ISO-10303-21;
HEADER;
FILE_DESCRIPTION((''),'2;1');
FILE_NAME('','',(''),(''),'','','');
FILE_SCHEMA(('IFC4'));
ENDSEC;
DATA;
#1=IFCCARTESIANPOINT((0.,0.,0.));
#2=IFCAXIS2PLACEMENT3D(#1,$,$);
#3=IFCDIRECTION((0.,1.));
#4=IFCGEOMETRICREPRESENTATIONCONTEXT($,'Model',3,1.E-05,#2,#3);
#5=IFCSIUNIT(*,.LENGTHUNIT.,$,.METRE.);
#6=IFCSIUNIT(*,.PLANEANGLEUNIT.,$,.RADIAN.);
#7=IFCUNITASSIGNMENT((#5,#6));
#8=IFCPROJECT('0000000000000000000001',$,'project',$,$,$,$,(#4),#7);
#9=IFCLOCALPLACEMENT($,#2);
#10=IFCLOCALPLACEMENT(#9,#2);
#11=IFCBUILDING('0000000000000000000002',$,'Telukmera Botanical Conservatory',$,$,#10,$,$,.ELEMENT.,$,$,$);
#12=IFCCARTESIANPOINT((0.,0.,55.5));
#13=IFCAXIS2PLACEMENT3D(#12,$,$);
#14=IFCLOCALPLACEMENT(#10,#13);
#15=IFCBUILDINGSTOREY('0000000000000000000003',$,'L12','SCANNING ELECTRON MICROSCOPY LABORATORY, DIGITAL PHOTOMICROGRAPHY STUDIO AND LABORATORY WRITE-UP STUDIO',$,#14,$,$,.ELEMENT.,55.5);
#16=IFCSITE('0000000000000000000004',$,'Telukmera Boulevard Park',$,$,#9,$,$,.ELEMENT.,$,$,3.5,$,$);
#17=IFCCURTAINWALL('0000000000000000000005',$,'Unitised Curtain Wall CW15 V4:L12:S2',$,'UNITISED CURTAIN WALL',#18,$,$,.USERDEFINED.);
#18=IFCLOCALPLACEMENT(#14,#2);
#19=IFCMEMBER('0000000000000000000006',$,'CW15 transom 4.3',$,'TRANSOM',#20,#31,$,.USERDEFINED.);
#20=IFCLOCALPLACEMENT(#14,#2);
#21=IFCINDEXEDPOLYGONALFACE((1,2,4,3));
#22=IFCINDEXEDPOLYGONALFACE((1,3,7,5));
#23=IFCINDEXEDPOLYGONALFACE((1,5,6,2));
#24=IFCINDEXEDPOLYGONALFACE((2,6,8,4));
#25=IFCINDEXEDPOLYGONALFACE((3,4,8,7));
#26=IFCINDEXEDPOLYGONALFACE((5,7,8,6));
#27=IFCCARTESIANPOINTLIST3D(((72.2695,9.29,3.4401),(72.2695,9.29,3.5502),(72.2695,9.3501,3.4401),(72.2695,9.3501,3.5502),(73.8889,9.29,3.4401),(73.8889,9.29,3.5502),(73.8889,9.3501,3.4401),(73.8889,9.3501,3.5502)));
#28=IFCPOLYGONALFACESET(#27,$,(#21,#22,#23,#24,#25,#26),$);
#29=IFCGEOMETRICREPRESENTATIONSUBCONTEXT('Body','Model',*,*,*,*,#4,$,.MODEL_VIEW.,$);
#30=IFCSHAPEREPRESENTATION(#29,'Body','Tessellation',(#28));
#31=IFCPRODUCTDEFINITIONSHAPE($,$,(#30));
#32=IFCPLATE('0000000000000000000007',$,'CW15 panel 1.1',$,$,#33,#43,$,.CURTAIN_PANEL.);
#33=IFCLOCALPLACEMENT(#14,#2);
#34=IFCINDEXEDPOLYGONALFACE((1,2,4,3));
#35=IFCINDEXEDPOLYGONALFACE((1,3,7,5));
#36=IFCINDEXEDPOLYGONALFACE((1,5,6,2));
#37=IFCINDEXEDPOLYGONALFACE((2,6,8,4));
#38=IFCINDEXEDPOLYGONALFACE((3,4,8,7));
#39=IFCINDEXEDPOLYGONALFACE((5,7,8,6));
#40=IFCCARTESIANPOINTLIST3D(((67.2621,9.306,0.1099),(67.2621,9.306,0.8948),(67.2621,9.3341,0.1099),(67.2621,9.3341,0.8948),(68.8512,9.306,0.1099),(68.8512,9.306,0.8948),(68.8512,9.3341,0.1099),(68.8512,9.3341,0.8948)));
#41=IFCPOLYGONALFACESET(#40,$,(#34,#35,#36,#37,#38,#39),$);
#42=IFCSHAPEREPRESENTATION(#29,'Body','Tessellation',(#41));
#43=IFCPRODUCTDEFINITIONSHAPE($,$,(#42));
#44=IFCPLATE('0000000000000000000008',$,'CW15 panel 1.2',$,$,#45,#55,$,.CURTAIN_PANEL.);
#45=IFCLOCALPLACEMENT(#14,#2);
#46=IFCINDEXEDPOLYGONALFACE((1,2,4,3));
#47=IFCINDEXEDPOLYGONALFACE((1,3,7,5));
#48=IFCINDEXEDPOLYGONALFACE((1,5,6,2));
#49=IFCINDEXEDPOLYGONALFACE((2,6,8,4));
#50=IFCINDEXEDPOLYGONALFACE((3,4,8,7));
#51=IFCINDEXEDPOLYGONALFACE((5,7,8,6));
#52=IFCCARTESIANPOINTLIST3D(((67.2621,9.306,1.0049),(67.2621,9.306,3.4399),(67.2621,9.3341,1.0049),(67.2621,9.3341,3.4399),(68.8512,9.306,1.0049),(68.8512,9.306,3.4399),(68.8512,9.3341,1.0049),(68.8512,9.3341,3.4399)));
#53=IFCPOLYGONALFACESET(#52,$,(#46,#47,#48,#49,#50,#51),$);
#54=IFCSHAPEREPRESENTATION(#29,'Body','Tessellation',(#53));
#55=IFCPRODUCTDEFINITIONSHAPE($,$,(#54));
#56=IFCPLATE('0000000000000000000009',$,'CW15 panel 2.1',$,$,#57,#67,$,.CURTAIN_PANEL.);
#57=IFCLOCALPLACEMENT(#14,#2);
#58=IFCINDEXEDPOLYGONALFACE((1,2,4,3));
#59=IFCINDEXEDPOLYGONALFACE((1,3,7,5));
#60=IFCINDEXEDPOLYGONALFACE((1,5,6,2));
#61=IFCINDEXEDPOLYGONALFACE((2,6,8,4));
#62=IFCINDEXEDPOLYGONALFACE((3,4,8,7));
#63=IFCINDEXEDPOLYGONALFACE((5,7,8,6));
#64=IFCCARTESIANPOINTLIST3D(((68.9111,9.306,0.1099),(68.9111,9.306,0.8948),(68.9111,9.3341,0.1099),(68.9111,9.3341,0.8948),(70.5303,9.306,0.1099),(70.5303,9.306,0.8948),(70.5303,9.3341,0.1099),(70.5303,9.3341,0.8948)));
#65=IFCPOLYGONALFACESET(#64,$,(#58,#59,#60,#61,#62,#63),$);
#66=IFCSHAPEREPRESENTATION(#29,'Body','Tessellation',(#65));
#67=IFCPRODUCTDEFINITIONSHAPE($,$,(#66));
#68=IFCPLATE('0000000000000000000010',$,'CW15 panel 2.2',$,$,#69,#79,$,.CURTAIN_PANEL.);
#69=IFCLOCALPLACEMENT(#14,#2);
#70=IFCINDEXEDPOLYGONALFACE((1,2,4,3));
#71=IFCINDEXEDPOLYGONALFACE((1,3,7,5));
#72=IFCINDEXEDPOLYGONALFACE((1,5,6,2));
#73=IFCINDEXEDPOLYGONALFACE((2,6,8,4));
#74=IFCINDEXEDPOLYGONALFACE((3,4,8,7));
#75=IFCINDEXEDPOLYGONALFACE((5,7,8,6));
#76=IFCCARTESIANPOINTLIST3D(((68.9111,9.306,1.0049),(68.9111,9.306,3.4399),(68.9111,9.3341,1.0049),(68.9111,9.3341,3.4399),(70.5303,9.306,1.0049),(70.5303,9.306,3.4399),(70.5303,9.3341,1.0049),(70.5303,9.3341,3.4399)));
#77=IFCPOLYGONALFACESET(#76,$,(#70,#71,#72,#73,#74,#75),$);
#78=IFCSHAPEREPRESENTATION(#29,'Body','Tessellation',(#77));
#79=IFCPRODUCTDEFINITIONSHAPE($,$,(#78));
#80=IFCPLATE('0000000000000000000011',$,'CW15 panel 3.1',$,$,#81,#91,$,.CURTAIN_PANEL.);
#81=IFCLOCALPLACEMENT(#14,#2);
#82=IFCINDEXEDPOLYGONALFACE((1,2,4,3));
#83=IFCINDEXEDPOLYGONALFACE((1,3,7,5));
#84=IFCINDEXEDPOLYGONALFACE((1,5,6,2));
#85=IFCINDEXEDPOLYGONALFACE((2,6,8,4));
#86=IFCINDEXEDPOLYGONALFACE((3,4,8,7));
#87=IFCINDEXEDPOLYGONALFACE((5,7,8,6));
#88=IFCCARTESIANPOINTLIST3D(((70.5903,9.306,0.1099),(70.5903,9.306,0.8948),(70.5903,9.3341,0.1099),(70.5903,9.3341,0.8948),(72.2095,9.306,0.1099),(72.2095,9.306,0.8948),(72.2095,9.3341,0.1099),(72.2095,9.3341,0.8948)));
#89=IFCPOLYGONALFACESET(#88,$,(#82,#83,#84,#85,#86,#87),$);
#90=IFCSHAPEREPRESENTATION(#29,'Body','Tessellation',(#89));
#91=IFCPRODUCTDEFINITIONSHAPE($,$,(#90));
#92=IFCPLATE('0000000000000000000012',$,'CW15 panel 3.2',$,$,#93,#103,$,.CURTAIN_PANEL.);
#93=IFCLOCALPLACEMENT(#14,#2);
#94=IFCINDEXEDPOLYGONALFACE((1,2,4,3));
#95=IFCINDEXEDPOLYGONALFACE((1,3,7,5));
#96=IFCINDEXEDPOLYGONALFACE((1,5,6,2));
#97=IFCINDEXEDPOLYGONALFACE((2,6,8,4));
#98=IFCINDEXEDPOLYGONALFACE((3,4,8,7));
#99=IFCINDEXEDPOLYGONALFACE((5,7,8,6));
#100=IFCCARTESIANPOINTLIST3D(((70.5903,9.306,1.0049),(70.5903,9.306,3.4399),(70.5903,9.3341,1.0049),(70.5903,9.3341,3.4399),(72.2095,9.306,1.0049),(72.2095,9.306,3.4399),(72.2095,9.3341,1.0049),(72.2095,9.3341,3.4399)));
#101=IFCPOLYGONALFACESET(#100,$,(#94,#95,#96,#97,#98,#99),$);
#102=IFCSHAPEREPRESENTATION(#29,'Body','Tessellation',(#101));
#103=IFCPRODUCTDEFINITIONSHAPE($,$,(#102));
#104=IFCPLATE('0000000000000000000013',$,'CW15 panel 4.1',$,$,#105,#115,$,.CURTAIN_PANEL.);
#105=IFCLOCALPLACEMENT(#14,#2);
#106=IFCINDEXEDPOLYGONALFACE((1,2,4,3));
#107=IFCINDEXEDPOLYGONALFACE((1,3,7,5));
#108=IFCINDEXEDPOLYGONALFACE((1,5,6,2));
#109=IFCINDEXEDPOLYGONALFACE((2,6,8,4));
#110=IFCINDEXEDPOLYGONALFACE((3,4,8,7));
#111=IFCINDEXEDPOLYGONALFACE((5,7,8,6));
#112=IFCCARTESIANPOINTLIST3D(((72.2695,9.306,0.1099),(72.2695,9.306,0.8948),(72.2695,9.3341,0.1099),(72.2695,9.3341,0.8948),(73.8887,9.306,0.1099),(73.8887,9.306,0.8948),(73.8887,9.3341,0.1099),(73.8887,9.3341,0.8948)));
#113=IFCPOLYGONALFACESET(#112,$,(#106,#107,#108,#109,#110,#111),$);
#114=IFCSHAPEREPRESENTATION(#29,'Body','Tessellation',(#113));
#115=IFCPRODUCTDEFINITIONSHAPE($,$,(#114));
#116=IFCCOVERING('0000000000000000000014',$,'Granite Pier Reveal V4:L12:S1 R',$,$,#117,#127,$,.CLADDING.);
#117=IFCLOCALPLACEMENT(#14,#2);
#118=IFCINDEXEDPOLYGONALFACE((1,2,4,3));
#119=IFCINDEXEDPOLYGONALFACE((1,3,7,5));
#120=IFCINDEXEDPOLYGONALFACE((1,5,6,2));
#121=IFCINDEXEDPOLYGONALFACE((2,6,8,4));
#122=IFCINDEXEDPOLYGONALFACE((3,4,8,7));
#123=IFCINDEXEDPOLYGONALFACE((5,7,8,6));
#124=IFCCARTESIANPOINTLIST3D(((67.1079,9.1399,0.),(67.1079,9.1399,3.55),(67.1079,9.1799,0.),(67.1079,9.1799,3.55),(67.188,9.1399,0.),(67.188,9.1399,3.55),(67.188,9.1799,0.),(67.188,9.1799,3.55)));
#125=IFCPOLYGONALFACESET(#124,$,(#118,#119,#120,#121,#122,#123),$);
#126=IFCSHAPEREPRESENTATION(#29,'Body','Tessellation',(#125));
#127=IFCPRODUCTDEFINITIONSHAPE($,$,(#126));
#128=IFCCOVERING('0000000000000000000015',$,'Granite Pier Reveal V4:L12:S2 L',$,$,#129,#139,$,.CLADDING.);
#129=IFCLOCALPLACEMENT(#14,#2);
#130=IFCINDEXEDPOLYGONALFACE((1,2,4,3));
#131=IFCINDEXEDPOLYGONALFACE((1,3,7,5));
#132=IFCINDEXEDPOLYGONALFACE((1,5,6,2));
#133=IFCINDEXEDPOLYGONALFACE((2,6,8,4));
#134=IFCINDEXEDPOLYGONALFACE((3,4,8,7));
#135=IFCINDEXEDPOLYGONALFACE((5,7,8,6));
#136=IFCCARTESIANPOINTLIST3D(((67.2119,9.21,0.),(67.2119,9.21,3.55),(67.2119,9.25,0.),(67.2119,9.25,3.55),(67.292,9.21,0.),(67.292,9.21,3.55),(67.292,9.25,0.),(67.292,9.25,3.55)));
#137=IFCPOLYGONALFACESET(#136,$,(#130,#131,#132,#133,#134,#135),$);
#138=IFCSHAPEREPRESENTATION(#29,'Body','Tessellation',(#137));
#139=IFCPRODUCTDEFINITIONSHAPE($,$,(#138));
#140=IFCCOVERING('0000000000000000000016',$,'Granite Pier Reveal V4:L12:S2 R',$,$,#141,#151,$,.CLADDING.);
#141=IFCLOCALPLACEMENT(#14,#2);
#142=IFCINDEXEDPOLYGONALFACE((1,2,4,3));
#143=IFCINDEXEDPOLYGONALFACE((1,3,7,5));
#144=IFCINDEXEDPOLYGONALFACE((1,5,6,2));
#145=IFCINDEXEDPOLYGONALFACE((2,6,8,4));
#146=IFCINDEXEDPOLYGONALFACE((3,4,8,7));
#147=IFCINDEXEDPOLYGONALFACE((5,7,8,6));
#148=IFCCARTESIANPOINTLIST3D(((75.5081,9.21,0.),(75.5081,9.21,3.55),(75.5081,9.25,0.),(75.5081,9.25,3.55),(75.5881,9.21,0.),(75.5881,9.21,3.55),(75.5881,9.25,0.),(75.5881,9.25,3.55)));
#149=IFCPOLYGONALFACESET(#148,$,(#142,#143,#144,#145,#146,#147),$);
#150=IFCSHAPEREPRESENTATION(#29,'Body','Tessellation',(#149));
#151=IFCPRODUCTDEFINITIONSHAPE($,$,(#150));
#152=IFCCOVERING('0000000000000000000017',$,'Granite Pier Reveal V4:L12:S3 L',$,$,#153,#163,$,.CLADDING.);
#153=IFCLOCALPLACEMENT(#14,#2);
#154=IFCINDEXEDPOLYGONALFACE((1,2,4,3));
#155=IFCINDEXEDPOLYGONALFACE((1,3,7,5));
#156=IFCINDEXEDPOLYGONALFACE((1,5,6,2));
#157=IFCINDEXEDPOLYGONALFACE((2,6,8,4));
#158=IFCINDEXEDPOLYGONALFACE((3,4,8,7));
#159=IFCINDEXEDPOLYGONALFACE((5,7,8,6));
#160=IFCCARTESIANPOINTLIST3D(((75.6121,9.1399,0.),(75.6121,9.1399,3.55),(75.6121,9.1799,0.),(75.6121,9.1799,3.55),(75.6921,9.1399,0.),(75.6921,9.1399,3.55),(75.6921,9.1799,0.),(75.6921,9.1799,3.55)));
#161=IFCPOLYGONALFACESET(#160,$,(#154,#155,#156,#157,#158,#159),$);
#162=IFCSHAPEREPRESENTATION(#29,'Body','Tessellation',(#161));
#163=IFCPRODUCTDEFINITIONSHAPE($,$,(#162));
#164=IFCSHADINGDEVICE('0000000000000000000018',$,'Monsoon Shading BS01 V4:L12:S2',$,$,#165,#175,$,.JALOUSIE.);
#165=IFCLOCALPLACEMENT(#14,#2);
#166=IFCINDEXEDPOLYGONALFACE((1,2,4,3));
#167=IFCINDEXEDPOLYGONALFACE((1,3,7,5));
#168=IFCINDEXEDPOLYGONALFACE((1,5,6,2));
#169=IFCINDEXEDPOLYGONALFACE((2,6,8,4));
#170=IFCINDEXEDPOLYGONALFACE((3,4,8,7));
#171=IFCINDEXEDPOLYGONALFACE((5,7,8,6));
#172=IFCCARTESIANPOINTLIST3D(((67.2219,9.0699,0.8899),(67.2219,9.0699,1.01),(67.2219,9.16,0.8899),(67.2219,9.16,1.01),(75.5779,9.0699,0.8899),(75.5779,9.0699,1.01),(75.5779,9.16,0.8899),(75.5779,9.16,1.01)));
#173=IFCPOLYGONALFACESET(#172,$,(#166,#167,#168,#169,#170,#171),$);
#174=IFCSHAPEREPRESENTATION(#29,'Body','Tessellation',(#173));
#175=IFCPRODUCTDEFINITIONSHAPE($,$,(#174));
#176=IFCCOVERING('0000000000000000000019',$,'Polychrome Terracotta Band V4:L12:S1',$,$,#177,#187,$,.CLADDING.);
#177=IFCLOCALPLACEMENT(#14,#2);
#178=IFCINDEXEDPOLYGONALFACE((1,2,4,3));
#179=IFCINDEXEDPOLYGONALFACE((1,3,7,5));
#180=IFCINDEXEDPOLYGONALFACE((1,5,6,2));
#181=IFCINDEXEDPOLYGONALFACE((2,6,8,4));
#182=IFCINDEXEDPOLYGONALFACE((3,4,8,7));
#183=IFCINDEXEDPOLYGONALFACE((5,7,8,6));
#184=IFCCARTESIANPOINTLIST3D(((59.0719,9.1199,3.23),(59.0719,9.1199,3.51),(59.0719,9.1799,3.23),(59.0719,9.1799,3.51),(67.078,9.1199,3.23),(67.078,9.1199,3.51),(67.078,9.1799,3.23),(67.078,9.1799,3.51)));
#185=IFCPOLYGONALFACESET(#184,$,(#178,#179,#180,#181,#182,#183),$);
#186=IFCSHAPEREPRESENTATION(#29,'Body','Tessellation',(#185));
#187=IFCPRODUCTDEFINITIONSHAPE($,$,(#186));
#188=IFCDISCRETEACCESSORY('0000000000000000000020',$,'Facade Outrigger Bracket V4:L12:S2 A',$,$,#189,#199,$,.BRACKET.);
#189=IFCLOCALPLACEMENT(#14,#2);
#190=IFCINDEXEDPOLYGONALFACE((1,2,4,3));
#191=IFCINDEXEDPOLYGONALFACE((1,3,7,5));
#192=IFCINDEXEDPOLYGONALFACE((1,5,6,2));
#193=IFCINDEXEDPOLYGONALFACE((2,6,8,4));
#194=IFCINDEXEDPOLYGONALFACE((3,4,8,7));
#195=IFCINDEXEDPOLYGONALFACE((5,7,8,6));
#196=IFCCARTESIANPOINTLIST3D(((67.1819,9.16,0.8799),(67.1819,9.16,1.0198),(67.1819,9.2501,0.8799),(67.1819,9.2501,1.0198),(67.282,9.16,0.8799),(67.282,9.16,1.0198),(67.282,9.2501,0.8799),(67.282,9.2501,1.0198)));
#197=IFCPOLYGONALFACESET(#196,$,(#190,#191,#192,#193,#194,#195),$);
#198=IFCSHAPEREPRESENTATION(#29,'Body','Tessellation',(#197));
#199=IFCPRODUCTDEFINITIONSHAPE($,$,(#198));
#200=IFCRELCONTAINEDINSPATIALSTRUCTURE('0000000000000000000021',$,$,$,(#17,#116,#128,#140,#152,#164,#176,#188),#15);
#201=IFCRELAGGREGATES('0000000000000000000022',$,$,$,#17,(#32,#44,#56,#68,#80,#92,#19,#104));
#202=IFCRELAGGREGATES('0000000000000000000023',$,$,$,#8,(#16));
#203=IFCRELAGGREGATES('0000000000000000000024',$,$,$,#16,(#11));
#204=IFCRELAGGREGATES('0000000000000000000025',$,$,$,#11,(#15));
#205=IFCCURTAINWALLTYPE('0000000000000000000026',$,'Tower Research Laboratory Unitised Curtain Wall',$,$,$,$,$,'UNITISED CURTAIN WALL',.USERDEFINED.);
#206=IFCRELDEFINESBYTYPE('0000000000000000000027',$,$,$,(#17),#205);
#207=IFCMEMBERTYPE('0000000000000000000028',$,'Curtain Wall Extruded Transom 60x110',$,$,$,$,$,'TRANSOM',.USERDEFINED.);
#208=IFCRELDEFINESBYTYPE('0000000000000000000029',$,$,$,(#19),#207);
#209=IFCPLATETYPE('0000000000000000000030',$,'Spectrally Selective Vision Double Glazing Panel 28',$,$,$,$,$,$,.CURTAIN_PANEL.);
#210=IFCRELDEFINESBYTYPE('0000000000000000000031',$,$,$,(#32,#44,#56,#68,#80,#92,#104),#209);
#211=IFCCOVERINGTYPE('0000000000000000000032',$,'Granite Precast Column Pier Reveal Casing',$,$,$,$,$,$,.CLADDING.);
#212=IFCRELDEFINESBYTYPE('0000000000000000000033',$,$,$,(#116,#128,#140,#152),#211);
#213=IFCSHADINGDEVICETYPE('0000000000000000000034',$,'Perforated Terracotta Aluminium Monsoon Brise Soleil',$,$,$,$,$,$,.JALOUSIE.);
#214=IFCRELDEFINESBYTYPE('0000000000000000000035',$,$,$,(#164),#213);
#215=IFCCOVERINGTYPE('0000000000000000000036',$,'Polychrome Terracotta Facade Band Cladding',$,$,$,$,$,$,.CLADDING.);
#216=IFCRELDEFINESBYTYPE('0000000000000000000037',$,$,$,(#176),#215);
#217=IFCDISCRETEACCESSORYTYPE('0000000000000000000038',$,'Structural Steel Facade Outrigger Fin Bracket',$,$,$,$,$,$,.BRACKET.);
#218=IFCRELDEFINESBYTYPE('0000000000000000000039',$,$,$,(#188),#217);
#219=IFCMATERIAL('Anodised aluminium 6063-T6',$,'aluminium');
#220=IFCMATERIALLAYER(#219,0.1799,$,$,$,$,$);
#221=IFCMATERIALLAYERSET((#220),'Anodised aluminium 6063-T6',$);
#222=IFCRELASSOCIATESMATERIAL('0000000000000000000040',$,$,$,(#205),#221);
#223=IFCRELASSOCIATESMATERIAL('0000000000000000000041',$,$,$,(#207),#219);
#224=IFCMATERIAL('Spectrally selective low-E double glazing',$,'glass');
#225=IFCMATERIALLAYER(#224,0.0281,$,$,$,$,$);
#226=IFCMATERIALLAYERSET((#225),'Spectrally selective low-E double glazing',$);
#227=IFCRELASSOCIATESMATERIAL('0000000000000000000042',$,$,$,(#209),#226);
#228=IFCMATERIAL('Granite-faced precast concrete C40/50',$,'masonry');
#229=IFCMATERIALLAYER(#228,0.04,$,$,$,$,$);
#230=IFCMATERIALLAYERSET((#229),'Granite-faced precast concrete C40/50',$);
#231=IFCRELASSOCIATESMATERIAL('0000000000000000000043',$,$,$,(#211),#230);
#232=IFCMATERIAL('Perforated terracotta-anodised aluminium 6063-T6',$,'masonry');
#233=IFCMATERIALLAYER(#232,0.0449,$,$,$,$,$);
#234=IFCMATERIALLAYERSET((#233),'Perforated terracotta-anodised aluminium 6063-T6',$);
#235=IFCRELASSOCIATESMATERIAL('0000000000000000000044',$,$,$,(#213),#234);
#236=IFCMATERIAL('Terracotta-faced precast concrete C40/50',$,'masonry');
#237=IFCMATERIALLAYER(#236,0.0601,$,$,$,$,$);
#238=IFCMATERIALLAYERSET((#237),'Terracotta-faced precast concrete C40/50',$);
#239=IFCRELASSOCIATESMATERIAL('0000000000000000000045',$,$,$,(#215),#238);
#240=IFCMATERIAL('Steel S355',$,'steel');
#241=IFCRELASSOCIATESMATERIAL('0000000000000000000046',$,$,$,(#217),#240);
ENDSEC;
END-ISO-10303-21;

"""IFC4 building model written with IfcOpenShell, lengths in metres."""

from ifc_helpers import new_model, si_unit, direction, frame, origin, origin_2d, place, context, subcontext, project, spatial, rectangle, extrude, material, layer, layer_set, material_profile, profile_set, type_object, element, aggregate, save


model = new_model("IFC4")

# Units and contexts
model_context = context("Model", 3, precision=1e-05, world=origin(), true_north=direction((0.0, 1.0)))
body_context = subcontext(model_context, "Body", "Model", "MODEL_VIEW")
ifc_project = project(units=[si_unit("LENGTHUNIT", "METRE"), si_unit("PLANEANGLEUNIT", "RADIAN")], contexts=[model_context])

# Site, building, storey
site_placement = place(None, origin())
site = spatial("IfcSite", under=ifc_project, at=site_placement, Name="Telukmera Boulevard Park", CompositionType="ELEMENT", RefElevation=3.5)
building_placement = place(site_placement, origin())
building = spatial("IfcBuilding", under=site, at=building_placement, Name="Telukmera Botanical Conservatory", CompositionType="ELEMENT")
storey_placement = place(building_placement, frame((0.0, 0.0, 55.5)))
storey = spatial("IfcBuildingStorey", under=building, at=storey_placement, Name="L12", Description="SCANNING ELECTRON MICROSCOPY LABORATORY, DIGITAL PHOTOMICROGRAPHY STUDIO AND LABORATORY WRITE-UP STUDIO", CompositionType="ELEMENT", Elevation=55.5)

# Curtain wall, member, plates
ifc_material_1 = material(Name="Anodised aluminium 6063-T6", Category="aluminium")
ifc_layer_1 = layer(ifc_material_1, 0.1799)
ifc_layer_set_1 = layer_set([ifc_layer_1], Name="Anodised aluminium 6063-T6")
curtain_wall_type = type_object("IfcCurtainWallType", Name="Tower Research Laboratory Unitised Curtain Wall", ElementType="UNITISED CURTAIN WALL", PredefinedType="USERDEFINED", material=ifc_layer_set_1)
curtain_wall_placement = place(storey_placement, origin())
curtain_wall = element("IfcCurtainWall", 1, at=curtain_wall_placement, inside=storey, type_object=curtain_wall_type, Name="Unitised Curtain Wall CW15 V4:L12:S2", ObjectType="UNITISED CURTAIN WALL", PredefinedType="USERDEFINED")
ifc_material_profile_1 = material_profile(ifc_material_1, rectangle(XDim=0.0601, YDim=0.1101, at=origin_2d()), Name="ALU TRAN 60x110")
ifc_profile_set_1 = profile_set([ifc_material_profile_1], Name="Anodised aluminium 6063-T6")
member_type_1 = type_object("IfcMemberType", Name="Curtain Wall Extruded Transom 60x110", ElementType="TRANSOM", PredefinedType="USERDEFINED", material=ifc_profile_set_1)
member_1_placement = place(storey_placement, frame((72.2695, 9.3201, 3.4951), z_axis=(1.0, 0.0, 0.0), x_axis=(0.0, 1.0, 0.0)))
member_1 = element("IfcMember", 2, at=member_1_placement, type_object=member_type_1, Name="CW15 transom 4.3", ObjectType="TRANSOM", PredefinedType="USERDEFINED", context=body_context, shape_type="SweptSolid", body=[
    extrude(rectangle(XDim=0.0601, YDim=0.1101, at=origin_2d()), origin(), (0.0, 0.0, 1.0), 1.6194),
])
ifc_material_2 = material(Name="Spectrally selective low-E double glazing", Category="glass")
ifc_layer_2 = layer(ifc_material_2, 0.0281)
ifc_layer_set_2 = layer_set([ifc_layer_2], Name="Spectrally selective low-E double glazing")
plate_type = type_object("IfcPlateType", Name="Spectrally Selective Vision Double Glazing Panel 28", PredefinedType="CURTAIN_PANEL", material=ifc_layer_set_2)
plate_1_placement = place(storey_placement, frame((68.0566, 9.3201, 0.1099), z_axis=(0.0, 0.0, 1.0), x_axis=(1.0, 0.0, 0.0)))
plate_1 = element("IfcPlate", 3, at=plate_1_placement, type_object=plate_type, Name="CW15 panel 1.1", PredefinedType="CURTAIN_PANEL", context=body_context, shape_type="SweptSolid", body=[
    extrude(rectangle(XDim=1.5891, YDim=0.0281, at=origin_2d()), origin(), (0.0, 0.0, 1.0), 0.7849),
])
plate_2_placement = place(storey_placement, frame((68.0566, 9.3201, 1.0049), z_axis=(0.0, 0.0, 1.0), x_axis=(1.0, 0.0, 0.0)))
plate_2 = element("IfcPlate", 4, at=plate_2_placement, type_object=plate_type, Name="CW15 panel 1.2", PredefinedType="CURTAIN_PANEL", context=body_context, shape_type="SweptSolid", body=[
    extrude(rectangle(XDim=1.5891, YDim=0.0281, at=origin_2d()), origin(), (0.0, 0.0, 1.0), 2.4351),
])
plate_3_placement = place(storey_placement, frame((69.7207, 9.3201, 0.1099), z_axis=(0.0, 0.0, 1.0), x_axis=(1.0, 0.0, 0.0)))
plate_3 = element("IfcPlate", 5, at=plate_3_placement, type_object=plate_type, Name="CW15 panel 2.1", PredefinedType="CURTAIN_PANEL", context=body_context, shape_type="SweptSolid", body=[
    extrude(rectangle(XDim=1.6191, YDim=0.0281, at=origin_2d()), origin(), (0.0, 0.0, 1.0), 0.7849),
])
plate_4_placement = place(storey_placement, frame((69.7207, 9.3201, 1.0049), z_axis=(0.0, 0.0, 1.0), x_axis=(1.0, 0.0, 0.0)))
plate_4 = element("IfcPlate", 6, at=plate_4_placement, type_object=plate_type, Name="CW15 panel 2.2", PredefinedType="CURTAIN_PANEL", context=body_context, shape_type="SweptSolid", body=[
    extrude(rectangle(XDim=1.6191, YDim=0.0281, at=origin_2d()), origin(), (0.0, 0.0, 1.0), 2.4351),
])
plate_5_placement = place(storey_placement, frame((71.3999, 9.3201, 0.1099), z_axis=(0.0, 0.0, 1.0), x_axis=(1.0, 0.0, 0.0)))
plate_5 = element("IfcPlate", 7, at=plate_5_placement, type_object=plate_type, Name="CW15 panel 3.1", PredefinedType="CURTAIN_PANEL", context=body_context, shape_type="SweptSolid", body=[
    extrude(rectangle(XDim=1.6191, YDim=0.0281, at=origin_2d()), origin(), (0.0, 0.0, 1.0), 0.7849),
])
plate_6_placement = place(storey_placement, frame((71.3999, 9.3201, 1.0049), z_axis=(0.0, 0.0, 1.0), x_axis=(1.0, 0.0, 0.0)))
plate_6 = element("IfcPlate", 8, at=plate_6_placement, type_object=plate_type, Name="CW15 panel 3.2", PredefinedType="CURTAIN_PANEL", context=body_context, shape_type="SweptSolid", body=[
    extrude(rectangle(XDim=1.6191, YDim=0.0281, at=origin_2d()), origin(), (0.0, 0.0, 1.0), 2.4351),
])
plate_7_placement = place(storey_placement, frame((73.0791, 9.3201, 0.1099), z_axis=(0.0, 0.0, 1.0), x_axis=(1.0, 0.0, 0.0)))
plate_7 = element("IfcPlate", 9, at=plate_7_placement, type_object=plate_type, Name="CW15 panel 4.1", PredefinedType="CURTAIN_PANEL", context=body_context, shape_type="SweptSolid", body=[
    extrude(rectangle(XDim=1.6191, YDim=0.0281, at=origin_2d()), origin(), (0.0, 0.0, 1.0), 0.7849),
])
aggregate(curtain_wall, [plate_1, plate_2, plate_3, plate_4, plate_5, plate_6, member_1, plate_7])

# Coverings
ifc_material_3 = material(Name="Granite-faced precast concrete C40/50", Category="masonry")
ifc_layer_3 = layer(ifc_material_3, 0.04)
ifc_layer_set_3 = layer_set([ifc_layer_3], Name="Granite-faced precast concrete C40/50")
covering_type_1 = type_object("IfcCoveringType", Name="Granite Precast Column Pier Reveal Casing", PredefinedType="CLADDING", material=ifc_layer_set_3)
for number, where, z_axis, x_axis, name in (
    (10, (67.1479, 9.1599, 0.0), (0.0, 0.0, 1.0), (1.0, 0.0, 0.0), "Granite Pier Reveal V4:L12:S1 R"),
    (11, (67.252, 9.23, 0.0), (0.0, 0.0, 1.0), (1.0, 0.0, 0.0), "Granite Pier Reveal V4:L12:S2 L"),
    (12, (75.5481, 9.23, 0.0), (0.0, 0.0, 1.0), (1.0, 0.0, 0.0), "Granite Pier Reveal V4:L12:S2 R"),
    (13, (75.6521, 9.1599, 0.0), (0.0, 0.0, 1.0), (1.0, 0.0, 0.0), "Granite Pier Reveal V4:L12:S3 L"),
):
    element("IfcCovering", number, at=place(storey_placement, frame(where, z_axis=z_axis, x_axis=x_axis)), inside=storey, type_object=covering_type_1, Name=name, PredefinedType="CLADDING", context=body_context, shape_type="SweptSolid", body=[
        extrude(rectangle(XDim=0.0801, YDim=0.04, at=origin_2d()), origin(), (0.0, 0.0, 1.0), 3.55),
    ])

# Shading device
ifc_material_4 = material(Name="Perforated terracotta-anodised aluminium 6063-T6", Category="masonry")
ifc_layer_4 = layer(ifc_material_4, 0.0449)
ifc_layer_set_4 = layer_set([ifc_layer_4], Name="Perforated terracotta-anodised aluminium 6063-T6")
shading_device_type = type_object("IfcShadingDeviceType", Name="Perforated Terracotta Aluminium Monsoon Brise Soleil", PredefinedType="JALOUSIE", material=ifc_layer_set_4)
shading_device_placement = place(storey_placement, frame((71.3999, 9.115, 0.8899), z_axis=(0.0, 0.0, 1.0), x_axis=(1.0, 0.0, 0.0)))
element("IfcShadingDevice", 14, at=shading_device_placement, inside=storey, type_object=shading_device_type, Name="Monsoon Shading BS01 V4:L12:S2", PredefinedType="JALOUSIE", context=body_context, shape_type="SweptSolid", body=[
    extrude(rectangle(XDim=8.356, YDim=0.0901, at=origin_2d()), origin(), (0.0, 0.0, 1.0), 0.1201),
])

# Covering
ifc_material_5 = material(Name="Terracotta-faced precast concrete C40/50", Category="masonry")
ifc_layer_5 = layer(ifc_material_5, 0.0601)
ifc_layer_set_5 = layer_set([ifc_layer_5], Name="Terracotta-faced precast concrete C40/50")
covering_type_2 = type_object("IfcCoveringType", Name="Polychrome Terracotta Facade Band Cladding", PredefinedType="CLADDING", material=ifc_layer_set_5)
covering_placement = place(storey_placement, frame((63.075, 9.1499, 3.23), z_axis=(0.0, 0.0, 1.0), x_axis=(1.0, 0.0, 0.0)))
element("IfcCovering", 15, at=covering_placement, inside=storey, type_object=covering_type_2, Name="Polychrome Terracotta Band V4:L12:S1", PredefinedType="CLADDING", context=body_context, shape_type="SweptSolid", body=[
    extrude(rectangle(XDim=8.0061, YDim=0.0601, at=origin_2d()), origin(), (0.0, 0.0, 1.0), 0.28),
])

# Discrete accessory
ifc_material_6 = material(Name="Steel S355", Category="steel")
discrete_accessory_type = type_object("IfcDiscreteAccessoryType", Name="Structural Steel Facade Outrigger Fin Bracket", PredefinedType="BRACKET", material=ifc_material_6)
for number, where, z_axis, x_axis, name in (
    (16, (67.2319, 9.2051, 0.8799), (0.0, 0.0, 1.0), (1.0, 0.0, 0.0), "Facade Outrigger Bracket V4:L12:S2 A"),
):
    element("IfcDiscreteAccessory", number, at=place(storey_placement, frame(where, z_axis=z_axis, x_axis=x_axis)), inside=storey, type_object=discrete_accessory_type, Name=name, PredefinedType="BRACKET", context=body_context, shape_type="SweptSolid", body=[
        extrude(rectangle(XDim=0.1001, YDim=0.0901, at=origin_2d()), origin(), (0.0, 0.0, 1.0), 0.1399),
    ])

save(model, "model.ifc")
